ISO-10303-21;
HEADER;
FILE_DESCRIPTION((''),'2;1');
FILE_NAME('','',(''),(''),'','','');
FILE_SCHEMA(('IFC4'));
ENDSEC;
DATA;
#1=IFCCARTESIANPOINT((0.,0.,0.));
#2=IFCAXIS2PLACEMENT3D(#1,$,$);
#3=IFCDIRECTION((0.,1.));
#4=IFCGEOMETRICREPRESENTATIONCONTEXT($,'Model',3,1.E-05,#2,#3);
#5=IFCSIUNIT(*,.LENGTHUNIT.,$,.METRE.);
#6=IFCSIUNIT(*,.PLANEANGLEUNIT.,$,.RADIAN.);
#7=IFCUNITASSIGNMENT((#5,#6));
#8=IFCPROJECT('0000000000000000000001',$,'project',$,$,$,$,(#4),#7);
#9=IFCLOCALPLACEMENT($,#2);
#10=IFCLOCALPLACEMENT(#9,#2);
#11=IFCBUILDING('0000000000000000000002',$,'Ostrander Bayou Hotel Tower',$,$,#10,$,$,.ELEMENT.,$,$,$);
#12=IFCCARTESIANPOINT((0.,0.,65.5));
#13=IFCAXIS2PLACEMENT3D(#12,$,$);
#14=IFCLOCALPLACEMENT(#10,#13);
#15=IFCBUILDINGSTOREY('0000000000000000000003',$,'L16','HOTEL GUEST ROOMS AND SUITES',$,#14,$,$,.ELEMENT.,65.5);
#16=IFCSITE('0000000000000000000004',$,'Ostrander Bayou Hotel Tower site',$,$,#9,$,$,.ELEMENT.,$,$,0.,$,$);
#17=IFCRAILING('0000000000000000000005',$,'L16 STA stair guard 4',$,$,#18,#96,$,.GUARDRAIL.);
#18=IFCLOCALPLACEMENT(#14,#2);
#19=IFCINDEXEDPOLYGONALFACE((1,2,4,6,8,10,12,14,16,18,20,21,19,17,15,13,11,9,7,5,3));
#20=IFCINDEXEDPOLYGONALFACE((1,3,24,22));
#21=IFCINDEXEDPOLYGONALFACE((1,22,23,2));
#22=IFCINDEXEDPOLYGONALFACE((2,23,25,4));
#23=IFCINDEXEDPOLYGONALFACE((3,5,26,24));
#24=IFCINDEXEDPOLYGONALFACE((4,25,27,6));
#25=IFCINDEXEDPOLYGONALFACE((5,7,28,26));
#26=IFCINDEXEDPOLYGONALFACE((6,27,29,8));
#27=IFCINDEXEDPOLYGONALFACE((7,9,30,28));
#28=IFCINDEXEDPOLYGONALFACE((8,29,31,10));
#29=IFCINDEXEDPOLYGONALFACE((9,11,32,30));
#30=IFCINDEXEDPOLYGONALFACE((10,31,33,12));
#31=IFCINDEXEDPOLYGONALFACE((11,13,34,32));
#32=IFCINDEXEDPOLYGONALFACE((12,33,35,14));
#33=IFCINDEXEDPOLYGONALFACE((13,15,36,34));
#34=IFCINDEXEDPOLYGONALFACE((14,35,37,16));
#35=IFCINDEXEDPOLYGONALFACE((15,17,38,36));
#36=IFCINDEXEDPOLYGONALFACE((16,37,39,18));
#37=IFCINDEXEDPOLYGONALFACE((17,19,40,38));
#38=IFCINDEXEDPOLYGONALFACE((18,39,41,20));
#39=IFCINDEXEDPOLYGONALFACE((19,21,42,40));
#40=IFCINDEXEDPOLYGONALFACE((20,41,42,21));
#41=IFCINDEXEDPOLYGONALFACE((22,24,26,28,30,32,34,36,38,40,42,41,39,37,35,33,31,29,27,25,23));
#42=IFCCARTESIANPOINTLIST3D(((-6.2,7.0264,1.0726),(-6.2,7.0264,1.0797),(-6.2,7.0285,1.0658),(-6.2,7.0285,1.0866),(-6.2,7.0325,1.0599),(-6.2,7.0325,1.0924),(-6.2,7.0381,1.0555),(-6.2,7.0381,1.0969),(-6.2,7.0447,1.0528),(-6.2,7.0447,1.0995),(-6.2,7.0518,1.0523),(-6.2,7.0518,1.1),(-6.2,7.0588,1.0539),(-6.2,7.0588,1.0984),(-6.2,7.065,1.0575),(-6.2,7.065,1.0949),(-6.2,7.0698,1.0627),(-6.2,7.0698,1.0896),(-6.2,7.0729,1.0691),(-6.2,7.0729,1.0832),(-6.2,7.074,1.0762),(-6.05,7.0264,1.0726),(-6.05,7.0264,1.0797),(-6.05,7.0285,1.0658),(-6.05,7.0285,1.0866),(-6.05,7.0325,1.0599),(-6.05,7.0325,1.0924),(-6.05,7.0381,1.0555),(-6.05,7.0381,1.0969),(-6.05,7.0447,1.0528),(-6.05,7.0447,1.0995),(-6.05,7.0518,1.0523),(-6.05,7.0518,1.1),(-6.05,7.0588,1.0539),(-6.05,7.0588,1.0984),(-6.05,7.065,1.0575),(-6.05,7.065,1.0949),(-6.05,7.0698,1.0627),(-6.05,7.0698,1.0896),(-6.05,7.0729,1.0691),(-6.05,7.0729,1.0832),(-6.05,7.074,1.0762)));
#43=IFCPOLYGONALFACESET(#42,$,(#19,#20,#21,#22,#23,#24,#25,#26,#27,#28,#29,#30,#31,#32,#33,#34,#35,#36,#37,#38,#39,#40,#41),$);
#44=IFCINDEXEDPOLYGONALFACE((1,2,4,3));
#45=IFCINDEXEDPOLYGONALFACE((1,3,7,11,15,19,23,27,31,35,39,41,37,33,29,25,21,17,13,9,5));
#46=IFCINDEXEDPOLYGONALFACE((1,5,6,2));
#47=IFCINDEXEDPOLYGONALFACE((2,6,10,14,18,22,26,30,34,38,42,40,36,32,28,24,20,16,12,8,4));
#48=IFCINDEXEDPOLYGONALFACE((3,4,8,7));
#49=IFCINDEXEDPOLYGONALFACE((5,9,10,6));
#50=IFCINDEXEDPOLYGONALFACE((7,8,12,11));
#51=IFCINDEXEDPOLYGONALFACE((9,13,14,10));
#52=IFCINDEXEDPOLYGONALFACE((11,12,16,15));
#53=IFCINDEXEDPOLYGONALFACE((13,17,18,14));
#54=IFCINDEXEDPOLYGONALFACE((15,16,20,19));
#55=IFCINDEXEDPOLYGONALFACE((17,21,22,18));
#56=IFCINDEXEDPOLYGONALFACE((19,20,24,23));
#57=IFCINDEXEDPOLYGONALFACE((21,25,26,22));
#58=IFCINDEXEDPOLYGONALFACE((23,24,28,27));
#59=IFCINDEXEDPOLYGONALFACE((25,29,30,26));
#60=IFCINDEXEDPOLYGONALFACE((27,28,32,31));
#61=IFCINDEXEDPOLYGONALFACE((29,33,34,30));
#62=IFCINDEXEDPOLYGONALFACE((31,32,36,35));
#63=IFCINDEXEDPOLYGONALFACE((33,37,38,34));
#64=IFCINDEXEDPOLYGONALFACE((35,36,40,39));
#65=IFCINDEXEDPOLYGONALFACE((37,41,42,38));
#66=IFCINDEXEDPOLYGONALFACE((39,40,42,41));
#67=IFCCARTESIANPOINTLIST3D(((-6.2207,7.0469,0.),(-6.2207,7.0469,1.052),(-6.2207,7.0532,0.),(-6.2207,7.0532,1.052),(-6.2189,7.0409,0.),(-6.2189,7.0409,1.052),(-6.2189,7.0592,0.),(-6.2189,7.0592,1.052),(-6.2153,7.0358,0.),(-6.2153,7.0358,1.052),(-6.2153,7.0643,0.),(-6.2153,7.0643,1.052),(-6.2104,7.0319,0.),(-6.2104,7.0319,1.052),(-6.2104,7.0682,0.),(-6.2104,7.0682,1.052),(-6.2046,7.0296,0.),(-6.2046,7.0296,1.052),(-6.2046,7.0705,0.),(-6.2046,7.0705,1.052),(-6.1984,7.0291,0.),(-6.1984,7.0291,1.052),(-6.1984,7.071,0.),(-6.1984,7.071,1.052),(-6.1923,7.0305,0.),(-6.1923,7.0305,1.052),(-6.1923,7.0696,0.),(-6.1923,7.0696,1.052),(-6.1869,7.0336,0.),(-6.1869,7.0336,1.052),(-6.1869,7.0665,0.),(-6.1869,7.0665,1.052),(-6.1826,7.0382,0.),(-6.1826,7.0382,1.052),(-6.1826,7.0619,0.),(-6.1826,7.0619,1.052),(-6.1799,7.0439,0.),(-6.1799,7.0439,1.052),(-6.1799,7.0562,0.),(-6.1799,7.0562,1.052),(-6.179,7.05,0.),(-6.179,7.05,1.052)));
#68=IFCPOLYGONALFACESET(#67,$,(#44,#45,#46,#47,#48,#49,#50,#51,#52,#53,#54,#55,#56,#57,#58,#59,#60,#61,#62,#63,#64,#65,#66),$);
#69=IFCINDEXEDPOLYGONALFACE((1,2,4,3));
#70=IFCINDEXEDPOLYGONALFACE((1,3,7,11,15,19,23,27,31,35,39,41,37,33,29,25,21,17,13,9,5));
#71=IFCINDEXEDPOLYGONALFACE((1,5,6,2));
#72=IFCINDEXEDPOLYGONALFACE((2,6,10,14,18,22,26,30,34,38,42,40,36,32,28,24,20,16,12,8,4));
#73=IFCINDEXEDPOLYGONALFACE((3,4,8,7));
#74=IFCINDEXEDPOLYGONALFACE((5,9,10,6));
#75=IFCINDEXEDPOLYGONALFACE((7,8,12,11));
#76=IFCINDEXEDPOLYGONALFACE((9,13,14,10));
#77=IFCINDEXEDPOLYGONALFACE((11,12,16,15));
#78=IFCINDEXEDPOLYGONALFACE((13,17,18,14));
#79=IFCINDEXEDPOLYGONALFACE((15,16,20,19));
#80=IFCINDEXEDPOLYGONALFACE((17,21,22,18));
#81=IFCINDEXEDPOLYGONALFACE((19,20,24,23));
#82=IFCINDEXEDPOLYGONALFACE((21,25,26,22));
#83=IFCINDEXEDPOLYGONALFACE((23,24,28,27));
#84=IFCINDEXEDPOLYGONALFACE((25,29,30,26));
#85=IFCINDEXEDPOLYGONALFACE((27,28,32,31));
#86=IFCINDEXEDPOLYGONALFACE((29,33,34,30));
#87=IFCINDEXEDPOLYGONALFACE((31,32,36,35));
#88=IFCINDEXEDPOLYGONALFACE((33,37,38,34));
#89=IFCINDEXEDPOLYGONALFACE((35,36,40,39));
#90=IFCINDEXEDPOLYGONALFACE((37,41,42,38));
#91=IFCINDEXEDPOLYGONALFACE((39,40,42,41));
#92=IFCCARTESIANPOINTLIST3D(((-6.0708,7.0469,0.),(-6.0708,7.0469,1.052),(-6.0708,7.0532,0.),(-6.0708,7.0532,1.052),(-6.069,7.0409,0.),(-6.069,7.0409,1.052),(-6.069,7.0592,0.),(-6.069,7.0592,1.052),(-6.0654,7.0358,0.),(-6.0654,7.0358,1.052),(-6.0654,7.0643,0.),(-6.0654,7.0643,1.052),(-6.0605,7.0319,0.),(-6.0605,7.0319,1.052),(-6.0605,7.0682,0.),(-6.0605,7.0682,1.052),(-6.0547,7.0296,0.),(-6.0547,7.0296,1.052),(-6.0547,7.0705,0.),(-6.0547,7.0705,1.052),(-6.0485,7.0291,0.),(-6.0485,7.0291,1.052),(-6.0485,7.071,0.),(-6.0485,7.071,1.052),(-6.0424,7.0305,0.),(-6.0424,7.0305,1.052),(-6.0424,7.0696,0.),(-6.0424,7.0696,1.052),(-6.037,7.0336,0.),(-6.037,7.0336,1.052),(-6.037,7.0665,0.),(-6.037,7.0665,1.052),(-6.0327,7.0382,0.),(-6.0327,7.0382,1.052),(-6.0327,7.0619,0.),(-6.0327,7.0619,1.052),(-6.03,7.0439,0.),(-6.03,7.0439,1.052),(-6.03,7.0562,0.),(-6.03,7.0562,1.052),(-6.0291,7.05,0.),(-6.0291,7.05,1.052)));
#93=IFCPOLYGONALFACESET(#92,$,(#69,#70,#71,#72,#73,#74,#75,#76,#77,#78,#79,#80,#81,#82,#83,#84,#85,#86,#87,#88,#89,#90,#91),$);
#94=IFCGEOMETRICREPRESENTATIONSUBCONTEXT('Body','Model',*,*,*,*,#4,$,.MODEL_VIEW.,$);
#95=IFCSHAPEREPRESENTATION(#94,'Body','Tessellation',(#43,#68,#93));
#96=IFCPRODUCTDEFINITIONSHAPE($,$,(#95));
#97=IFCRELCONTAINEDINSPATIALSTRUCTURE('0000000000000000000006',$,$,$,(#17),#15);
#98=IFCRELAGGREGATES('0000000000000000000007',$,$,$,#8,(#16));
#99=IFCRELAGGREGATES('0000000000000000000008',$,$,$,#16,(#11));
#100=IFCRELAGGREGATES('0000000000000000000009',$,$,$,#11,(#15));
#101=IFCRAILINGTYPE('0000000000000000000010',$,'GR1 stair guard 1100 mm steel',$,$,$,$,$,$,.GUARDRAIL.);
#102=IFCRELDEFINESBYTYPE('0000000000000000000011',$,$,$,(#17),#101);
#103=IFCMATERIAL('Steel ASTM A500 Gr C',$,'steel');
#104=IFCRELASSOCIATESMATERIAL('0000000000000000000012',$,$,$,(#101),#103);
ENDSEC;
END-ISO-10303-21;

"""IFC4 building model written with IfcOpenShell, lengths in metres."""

from ifc_helpers import new_model, si_unit, direction, frame, origin, origin_2d, place, context, subcontext, project, spatial, circle, extrude, material, type_object, element, save


model = new_model("IFC4")

# Units and contexts
model_context = context("Model", 3, precision=1e-05, world=origin(), true_north=direction((0.0, 1.0)))
body_context = subcontext(model_context, "Body", "Model", "MODEL_VIEW")
ifc_project = project(units=[si_unit("LENGTHUNIT", "METRE"), si_unit("PLANEANGLEUNIT", "RADIAN")], contexts=[model_context])

# Site, building, storey
site_placement = place(None, origin())
site = spatial("IfcSite", under=ifc_project, at=site_placement, Name="Ostrander Bayou Hotel Tower site", CompositionType="ELEMENT", RefElevation=0.0)
building_placement = place(site_placement, origin())
building = spatial("IfcBuilding", under=site, at=building_placement, Name="Ostrander Bayou Hotel Tower", CompositionType="ELEMENT")
storey_placement = place(building_placement, frame((0.0, 0.0, 65.5)))
storey = spatial("IfcBuildingStorey", under=building, at=storey_placement, Name="L16", Description="HOTEL GUEST ROOMS AND SUITES", CompositionType="ELEMENT", Elevation=65.5)

# Railing
ifc_material_1 = material(Name="Steel ASTM A500 Gr C", Category="steel")
railing_type_1 = type_object("IfcRailingType", Name="GR1 stair guard 1100 mm steel", PredefinedType="GUARDRAIL", material=ifc_material_1)
railing_1_placement = place(storey_placement, frame((-6.2, 7.05, 0.0)))
element("IfcRailing", 1, at=railing_1_placement, inside=storey, type_object=railing_type_1, Name="L16 STA stair guard 4", PredefinedType="GUARDRAIL", context=body_context, shape_type="SweptSolid", body=[
    extrude(circle(Radius=0.0239, at=origin_2d()), frame((0.0, 0.0, 1.0762), z_axis=(1.0, 0.0, 0.0), x_axis=(0.0, 1.0, 0.0)), (0.0, 0.0, 1.0), 0.1499),
    extrude(circle(Radius=0.021, at=origin_2d()), origin(), (0.0, 0.0, 1.0), 1.052),
    extrude(circle(Radius=0.021, at=origin_2d()), frame((0.1499, 0.0, 0.0)), (0.0, 0.0, 1.0), 1.052),
])

save(model, "model.ifc")
